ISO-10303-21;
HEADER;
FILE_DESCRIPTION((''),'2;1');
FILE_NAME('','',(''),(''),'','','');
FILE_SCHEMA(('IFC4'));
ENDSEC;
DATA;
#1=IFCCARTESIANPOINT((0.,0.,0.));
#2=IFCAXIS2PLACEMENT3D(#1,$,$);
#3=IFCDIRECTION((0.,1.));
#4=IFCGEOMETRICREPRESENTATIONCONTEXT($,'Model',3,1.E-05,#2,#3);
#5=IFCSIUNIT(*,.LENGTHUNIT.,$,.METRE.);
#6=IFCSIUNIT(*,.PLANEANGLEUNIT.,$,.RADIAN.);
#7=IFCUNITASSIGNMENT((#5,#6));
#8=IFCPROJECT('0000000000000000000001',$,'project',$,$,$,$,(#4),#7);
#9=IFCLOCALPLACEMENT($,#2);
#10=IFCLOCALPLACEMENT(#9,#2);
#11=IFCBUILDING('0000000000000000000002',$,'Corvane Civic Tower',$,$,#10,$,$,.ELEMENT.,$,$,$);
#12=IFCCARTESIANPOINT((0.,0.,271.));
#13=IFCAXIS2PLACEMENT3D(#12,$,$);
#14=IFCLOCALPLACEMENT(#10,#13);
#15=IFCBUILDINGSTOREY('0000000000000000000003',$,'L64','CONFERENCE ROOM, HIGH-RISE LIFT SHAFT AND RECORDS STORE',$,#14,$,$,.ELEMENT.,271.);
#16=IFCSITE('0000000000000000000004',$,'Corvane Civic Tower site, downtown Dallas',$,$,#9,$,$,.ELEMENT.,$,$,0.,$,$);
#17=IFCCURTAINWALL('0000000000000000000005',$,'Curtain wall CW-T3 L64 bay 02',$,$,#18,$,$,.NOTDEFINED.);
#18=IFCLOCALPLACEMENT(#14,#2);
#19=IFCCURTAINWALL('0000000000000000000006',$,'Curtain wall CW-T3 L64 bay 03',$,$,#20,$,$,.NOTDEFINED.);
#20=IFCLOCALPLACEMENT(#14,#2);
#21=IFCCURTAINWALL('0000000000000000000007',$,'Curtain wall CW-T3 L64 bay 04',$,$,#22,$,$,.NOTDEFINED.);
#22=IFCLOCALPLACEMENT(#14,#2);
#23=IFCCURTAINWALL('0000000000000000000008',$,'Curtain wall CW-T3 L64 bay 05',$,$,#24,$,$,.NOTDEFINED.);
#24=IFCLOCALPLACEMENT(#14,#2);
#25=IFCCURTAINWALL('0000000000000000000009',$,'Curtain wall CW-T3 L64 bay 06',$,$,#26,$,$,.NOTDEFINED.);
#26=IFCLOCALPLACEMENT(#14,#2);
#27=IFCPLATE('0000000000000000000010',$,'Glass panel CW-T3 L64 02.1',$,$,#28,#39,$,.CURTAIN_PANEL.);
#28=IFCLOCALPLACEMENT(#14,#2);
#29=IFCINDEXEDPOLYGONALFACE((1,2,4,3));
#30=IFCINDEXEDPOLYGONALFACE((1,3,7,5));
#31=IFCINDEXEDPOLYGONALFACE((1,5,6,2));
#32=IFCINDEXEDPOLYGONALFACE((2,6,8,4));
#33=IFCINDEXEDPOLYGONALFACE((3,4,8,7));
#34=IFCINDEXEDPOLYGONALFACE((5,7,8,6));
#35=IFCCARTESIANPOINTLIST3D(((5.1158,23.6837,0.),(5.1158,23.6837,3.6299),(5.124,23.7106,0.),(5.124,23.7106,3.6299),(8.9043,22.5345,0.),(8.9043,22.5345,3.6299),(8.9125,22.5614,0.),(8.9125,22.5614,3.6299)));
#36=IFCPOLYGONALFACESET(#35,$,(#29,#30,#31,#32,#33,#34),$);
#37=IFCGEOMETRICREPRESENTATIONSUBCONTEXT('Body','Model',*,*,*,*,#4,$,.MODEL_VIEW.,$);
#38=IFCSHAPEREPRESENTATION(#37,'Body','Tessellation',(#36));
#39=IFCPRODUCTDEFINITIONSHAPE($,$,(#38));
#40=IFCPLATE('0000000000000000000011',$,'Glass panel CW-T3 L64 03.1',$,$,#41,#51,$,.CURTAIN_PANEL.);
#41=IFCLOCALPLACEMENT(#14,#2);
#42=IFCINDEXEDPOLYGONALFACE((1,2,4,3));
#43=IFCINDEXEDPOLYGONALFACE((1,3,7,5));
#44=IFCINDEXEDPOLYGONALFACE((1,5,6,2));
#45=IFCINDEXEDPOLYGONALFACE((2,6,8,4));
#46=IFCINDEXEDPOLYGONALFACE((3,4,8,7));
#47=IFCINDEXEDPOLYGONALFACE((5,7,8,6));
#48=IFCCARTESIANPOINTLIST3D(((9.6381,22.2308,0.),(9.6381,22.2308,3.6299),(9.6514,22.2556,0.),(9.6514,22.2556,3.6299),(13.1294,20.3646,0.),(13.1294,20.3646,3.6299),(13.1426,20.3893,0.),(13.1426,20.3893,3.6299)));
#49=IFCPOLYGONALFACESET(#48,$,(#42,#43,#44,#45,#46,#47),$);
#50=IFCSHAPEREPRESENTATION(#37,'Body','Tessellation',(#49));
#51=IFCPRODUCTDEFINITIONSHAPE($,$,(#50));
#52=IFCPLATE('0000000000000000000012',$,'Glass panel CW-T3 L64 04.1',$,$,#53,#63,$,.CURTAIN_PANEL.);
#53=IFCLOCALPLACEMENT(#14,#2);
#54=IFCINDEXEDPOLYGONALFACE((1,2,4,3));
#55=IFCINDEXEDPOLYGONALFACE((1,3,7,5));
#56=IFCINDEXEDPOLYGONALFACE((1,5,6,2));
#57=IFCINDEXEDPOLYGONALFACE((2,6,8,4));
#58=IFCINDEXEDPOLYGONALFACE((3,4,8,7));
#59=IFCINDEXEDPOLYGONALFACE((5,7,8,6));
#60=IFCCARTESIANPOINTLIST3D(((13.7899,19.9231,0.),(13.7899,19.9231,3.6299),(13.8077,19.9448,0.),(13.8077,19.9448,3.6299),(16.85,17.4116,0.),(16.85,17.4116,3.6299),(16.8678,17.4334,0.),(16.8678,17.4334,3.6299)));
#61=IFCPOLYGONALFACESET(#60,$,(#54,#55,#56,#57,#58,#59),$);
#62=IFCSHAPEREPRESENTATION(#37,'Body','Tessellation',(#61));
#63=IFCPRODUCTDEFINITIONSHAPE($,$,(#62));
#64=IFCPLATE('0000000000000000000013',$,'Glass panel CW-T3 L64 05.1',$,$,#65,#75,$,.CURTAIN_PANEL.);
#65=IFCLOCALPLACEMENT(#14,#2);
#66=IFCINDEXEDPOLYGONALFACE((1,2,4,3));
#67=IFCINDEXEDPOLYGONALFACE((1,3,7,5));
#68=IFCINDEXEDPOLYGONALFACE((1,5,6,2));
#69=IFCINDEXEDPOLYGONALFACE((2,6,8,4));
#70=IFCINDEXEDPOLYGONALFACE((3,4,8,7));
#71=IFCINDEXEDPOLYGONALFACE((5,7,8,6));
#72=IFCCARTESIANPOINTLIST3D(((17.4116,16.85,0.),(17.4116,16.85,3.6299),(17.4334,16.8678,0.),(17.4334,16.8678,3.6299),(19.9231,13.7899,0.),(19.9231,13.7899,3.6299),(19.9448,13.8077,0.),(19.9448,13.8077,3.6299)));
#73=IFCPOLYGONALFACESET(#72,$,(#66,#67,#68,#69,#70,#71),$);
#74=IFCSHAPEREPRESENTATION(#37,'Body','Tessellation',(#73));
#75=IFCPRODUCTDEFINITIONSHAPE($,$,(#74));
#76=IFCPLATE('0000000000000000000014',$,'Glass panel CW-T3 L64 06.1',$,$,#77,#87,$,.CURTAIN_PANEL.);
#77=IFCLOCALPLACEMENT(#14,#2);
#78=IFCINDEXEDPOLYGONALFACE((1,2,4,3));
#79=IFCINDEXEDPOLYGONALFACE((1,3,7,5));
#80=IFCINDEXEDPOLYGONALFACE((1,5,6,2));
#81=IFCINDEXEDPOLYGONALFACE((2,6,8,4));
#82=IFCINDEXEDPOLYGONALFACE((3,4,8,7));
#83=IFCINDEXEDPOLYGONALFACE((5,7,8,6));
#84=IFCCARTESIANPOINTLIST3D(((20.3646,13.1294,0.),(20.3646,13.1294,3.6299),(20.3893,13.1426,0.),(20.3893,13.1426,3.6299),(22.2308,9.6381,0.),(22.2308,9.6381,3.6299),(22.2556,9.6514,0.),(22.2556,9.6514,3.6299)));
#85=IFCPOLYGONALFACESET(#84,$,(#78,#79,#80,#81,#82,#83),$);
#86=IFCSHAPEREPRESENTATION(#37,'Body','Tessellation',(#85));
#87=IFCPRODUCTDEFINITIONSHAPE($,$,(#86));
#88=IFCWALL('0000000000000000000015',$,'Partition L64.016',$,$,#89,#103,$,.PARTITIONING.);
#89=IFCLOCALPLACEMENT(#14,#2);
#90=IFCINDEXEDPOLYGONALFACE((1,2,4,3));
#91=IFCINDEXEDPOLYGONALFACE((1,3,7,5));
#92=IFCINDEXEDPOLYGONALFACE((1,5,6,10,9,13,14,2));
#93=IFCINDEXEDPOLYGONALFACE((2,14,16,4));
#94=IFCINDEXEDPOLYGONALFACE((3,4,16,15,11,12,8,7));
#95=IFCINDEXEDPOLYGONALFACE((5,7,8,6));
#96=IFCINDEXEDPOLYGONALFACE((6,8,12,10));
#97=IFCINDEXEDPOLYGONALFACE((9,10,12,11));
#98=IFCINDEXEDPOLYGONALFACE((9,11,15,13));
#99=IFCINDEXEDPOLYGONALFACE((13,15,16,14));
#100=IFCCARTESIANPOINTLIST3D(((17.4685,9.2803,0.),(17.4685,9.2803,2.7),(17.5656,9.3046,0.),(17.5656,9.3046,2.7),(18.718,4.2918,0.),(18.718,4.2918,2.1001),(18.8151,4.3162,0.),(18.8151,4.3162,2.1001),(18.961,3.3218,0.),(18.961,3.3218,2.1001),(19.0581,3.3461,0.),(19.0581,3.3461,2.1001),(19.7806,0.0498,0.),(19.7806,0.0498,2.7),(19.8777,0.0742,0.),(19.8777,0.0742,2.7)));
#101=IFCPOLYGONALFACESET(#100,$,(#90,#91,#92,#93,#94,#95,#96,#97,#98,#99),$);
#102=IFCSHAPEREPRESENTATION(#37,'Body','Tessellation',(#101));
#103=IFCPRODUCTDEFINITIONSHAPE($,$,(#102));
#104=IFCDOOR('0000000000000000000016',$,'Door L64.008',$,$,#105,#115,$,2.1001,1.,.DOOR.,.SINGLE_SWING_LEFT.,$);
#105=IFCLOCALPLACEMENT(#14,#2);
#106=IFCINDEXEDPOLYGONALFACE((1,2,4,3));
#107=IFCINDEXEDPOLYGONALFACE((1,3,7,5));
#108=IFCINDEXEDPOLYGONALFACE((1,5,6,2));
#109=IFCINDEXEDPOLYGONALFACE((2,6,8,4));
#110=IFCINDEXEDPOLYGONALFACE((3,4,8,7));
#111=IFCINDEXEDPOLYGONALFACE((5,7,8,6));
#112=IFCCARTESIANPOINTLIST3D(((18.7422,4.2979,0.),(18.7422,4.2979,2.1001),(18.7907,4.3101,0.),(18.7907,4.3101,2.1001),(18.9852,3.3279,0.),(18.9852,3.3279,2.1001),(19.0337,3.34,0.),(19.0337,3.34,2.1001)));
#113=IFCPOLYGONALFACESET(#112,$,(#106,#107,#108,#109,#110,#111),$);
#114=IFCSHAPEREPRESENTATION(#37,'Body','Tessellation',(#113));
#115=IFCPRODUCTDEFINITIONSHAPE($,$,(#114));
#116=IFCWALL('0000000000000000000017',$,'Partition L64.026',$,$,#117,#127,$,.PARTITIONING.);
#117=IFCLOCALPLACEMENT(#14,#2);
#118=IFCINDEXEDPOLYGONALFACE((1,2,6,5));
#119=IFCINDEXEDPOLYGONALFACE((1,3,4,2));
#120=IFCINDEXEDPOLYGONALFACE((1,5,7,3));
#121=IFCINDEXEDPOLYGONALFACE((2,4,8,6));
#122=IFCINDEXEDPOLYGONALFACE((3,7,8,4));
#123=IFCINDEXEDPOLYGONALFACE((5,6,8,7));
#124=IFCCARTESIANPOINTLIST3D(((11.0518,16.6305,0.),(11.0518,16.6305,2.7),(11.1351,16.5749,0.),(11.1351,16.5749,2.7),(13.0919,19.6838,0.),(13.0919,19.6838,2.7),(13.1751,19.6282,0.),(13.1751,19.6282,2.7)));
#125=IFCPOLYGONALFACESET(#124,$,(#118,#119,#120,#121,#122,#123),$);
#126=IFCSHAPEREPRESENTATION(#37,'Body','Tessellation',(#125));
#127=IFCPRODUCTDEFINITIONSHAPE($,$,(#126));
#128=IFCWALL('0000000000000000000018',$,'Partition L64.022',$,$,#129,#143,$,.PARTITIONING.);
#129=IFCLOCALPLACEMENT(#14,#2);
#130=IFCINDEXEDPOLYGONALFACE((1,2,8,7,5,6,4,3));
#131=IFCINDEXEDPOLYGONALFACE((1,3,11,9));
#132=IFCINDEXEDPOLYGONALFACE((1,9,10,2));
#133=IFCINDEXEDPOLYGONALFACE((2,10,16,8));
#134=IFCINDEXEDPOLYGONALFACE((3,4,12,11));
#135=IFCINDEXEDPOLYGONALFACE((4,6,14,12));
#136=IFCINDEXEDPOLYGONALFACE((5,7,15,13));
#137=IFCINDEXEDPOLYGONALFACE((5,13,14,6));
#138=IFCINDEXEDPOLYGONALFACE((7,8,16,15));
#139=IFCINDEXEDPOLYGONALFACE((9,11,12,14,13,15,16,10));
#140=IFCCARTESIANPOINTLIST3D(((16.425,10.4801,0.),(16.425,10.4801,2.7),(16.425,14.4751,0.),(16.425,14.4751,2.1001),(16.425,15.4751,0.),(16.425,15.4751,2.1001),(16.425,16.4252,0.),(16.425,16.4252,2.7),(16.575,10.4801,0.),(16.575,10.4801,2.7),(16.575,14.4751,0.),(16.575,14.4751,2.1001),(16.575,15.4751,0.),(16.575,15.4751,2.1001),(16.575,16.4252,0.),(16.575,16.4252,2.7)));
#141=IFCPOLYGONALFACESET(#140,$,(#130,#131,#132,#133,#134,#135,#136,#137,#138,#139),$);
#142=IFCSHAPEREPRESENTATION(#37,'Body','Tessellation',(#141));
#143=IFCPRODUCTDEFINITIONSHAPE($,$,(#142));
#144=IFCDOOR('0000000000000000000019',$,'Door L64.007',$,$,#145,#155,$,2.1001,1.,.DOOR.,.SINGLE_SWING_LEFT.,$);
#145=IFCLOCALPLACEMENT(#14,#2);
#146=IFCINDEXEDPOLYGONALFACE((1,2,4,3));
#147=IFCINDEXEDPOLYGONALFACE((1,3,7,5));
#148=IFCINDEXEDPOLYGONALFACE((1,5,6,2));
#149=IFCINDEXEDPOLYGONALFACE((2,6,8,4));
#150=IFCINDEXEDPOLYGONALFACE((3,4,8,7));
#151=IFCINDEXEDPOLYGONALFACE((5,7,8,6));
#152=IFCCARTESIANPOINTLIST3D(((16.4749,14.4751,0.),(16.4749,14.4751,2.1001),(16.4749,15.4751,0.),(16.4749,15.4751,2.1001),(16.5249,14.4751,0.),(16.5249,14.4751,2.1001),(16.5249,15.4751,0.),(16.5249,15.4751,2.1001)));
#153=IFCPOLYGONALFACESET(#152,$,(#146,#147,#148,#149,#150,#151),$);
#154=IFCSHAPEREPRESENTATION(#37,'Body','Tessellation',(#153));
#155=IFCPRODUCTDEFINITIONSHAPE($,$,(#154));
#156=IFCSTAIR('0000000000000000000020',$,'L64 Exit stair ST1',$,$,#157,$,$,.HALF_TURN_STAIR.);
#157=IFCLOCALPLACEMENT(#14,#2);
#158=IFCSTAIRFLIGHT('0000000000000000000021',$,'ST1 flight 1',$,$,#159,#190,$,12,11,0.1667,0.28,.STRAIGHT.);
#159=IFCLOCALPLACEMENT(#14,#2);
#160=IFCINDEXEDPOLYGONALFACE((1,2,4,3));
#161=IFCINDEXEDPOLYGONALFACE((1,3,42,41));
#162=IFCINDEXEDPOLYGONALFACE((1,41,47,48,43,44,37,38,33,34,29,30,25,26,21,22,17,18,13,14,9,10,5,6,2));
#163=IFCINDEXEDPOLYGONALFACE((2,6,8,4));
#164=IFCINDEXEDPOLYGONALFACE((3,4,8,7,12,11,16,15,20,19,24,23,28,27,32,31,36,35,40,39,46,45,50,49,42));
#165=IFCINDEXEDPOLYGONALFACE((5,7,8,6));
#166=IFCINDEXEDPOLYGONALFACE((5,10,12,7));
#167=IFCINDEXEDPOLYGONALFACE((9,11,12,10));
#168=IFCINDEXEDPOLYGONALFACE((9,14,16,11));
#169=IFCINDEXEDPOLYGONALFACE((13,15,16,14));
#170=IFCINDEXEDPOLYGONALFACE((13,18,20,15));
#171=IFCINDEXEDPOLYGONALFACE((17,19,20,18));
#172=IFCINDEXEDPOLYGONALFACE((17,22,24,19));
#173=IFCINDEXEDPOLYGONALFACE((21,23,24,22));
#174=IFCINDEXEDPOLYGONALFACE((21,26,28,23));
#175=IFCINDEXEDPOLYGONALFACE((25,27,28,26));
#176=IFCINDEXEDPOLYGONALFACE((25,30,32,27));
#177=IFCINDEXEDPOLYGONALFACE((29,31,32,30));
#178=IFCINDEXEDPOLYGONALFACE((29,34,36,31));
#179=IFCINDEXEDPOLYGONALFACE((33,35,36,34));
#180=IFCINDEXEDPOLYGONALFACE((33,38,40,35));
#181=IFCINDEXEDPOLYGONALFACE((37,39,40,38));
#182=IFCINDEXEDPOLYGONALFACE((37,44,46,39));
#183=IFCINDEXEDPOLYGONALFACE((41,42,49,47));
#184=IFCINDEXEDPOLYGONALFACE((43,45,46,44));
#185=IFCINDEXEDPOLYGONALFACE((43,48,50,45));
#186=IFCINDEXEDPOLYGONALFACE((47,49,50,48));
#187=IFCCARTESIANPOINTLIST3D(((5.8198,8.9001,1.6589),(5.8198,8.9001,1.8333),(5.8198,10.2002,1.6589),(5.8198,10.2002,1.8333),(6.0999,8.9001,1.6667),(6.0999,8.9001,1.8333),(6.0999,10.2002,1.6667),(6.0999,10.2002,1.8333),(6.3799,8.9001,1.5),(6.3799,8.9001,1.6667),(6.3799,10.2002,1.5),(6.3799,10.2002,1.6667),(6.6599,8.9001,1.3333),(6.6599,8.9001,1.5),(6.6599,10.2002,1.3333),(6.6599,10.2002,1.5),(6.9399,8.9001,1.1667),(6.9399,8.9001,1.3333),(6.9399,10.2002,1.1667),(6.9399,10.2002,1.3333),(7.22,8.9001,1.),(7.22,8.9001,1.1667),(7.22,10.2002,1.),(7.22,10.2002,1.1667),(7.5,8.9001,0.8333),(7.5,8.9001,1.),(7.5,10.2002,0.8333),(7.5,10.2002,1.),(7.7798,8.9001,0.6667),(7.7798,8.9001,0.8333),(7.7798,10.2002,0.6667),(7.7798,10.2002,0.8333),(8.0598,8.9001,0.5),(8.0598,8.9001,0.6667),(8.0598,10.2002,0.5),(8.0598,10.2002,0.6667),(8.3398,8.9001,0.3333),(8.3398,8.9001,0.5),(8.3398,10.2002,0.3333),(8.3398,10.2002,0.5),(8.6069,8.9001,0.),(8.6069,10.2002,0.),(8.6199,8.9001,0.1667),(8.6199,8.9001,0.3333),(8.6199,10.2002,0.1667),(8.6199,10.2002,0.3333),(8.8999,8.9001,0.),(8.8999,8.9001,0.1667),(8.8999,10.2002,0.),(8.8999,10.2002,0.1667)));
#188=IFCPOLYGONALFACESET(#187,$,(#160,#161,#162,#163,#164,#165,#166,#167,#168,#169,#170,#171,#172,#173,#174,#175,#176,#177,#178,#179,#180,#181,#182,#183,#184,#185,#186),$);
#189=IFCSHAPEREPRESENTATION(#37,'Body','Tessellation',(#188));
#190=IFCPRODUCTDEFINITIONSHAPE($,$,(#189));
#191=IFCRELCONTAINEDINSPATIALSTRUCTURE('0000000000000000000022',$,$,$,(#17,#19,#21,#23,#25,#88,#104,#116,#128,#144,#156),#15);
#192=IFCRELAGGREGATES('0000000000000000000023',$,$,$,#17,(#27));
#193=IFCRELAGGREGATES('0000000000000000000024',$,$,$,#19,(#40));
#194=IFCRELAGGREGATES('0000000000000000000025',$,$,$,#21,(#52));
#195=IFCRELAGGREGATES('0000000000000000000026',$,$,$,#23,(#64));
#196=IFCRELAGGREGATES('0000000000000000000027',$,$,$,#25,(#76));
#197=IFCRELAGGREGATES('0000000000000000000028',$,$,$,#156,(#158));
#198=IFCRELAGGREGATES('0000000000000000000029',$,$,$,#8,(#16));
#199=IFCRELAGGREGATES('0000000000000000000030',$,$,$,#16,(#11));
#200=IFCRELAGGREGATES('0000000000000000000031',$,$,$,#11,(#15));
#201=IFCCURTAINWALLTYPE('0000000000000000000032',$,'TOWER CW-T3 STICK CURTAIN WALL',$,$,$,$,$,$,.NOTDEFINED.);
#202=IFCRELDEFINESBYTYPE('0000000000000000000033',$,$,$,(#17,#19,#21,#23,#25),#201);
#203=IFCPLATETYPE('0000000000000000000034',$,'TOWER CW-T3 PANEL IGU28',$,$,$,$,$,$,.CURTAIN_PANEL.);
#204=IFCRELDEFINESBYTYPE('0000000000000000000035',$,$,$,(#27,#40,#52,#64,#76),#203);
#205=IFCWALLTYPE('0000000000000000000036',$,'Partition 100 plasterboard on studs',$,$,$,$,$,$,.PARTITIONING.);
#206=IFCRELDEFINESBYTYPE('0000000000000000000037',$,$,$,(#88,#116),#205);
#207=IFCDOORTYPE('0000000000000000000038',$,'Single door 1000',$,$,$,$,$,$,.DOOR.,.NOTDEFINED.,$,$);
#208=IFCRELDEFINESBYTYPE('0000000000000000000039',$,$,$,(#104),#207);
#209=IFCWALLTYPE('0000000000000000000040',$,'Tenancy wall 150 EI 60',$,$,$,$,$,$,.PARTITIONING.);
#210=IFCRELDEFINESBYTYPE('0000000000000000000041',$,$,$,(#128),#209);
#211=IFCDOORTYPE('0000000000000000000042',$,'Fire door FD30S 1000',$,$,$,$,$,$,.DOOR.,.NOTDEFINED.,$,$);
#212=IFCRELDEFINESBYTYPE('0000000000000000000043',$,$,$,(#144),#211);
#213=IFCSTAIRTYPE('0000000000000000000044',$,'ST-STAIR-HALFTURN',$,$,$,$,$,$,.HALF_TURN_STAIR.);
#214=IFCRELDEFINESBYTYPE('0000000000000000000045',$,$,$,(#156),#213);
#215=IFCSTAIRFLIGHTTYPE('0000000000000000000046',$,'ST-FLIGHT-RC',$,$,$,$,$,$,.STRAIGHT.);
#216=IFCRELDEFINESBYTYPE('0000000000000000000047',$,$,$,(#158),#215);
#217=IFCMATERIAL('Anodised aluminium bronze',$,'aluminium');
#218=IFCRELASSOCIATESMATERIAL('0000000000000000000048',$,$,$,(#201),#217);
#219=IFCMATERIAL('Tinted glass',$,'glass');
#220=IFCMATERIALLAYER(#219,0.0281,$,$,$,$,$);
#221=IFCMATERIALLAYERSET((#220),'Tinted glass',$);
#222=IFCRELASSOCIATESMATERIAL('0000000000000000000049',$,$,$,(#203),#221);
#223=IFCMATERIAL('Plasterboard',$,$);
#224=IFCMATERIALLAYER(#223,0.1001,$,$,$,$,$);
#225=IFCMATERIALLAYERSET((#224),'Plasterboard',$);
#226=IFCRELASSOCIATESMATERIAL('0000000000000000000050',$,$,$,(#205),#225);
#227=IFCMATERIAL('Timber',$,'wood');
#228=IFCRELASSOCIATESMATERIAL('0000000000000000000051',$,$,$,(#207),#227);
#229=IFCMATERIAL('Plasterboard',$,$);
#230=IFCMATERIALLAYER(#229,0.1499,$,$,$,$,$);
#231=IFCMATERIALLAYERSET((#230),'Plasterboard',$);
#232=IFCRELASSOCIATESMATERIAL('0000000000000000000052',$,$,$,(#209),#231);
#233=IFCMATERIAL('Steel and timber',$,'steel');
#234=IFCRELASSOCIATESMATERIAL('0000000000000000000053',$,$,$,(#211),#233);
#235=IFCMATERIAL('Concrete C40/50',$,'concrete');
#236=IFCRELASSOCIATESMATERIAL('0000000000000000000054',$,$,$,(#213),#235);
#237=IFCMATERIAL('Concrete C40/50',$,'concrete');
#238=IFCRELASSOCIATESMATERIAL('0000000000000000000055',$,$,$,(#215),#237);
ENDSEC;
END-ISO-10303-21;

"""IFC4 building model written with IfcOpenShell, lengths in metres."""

from ifc_helpers import new_model, si_unit, direction, frame, frame_2d, origin, origin_2d, place, context, subcontext, project, spatial, polyline, rectangle, outline, extrude, material, layer, layer_set, type_object, element, fill, aggregate, save


model = new_model("IFC4")

# Units and contexts
model_context = context("Model", 3, precision=1e-05, world=origin(), true_north=direction((0.0, 1.0)))
body_context = subcontext(model_context, "Body", "Model", "MODEL_VIEW")
ifc_project = project(units=[si_unit("LENGTHUNIT", "METRE"), si_unit("PLANEANGLEUNIT", "RADIAN")], contexts=[model_context])

# Site, building, storey
site_placement = place(None, origin())
site = spatial("IfcSite", under=ifc_project, at=site_placement, Name="Corvane Civic Tower site, downtown Dallas", CompositionType="ELEMENT", RefElevation=0.0)
building_placement = place(site_placement, origin())
building = spatial("IfcBuilding", under=site, at=building_placement, Name="Corvane Civic Tower", CompositionType="ELEMENT")
storey_placement = place(building_placement, frame((0.0, 0.0, 271.0)))
storey = spatial("IfcBuildingStorey", under=building, at=storey_placement, Name="L64", Description="CONFERENCE ROOM, HIGH-RISE LIFT SHAFT AND RECORDS STORE", CompositionType="ELEMENT", Elevation=271.0)

# Curtain walls
ifc_material_1 = material(Name="Anodised aluminium bronze", Category="aluminium")
curtain_wall_type = type_object("IfcCurtainWallType", Name="TOWER CW-T3 STICK CURTAIN WALL", PredefinedType="NOTDEFINED", material=ifc_material_1)
curtain_wall_1_placement = place(storey_placement, origin())
curtain_wall_1 = element("IfcCurtainWall", 1, at=curtain_wall_1_placement, inside=storey, type_object=curtain_wall_type, Name="Curtain wall CW-T3 L64 bay 02", PredefinedType="NOTDEFINED")
curtain_wall_2_placement = place(storey_placement, origin())
curtain_wall_2 = element("IfcCurtainWall", 2, at=curtain_wall_2_placement, inside=storey, type_object=curtain_wall_type, Name="Curtain wall CW-T3 L64 bay 03", PredefinedType="NOTDEFINED")
curtain_wall_3_placement = place(storey_placement, origin())
curtain_wall_3 = element("IfcCurtainWall", 3, at=curtain_wall_3_placement, inside=storey, type_object=curtain_wall_type, Name="Curtain wall CW-T3 L64 bay 04", PredefinedType="NOTDEFINED")
curtain_wall_4_placement = place(storey_placement, origin())
curtain_wall_4 = element("IfcCurtainWall", 4, at=curtain_wall_4_placement, inside=storey, type_object=curtain_wall_type, Name="Curtain wall CW-T3 L64 bay 05", PredefinedType="NOTDEFINED")
curtain_wall_5_placement = place(storey_placement, origin())
curtain_wall_5 = element("IfcCurtainWall", 5, at=curtain_wall_5_placement, inside=storey, type_object=curtain_wall_type, Name="Curtain wall CW-T3 L64 bay 06", PredefinedType="NOTDEFINED")

# Plates
ifc_material_2 = material(Name="Tinted glass", Category="glass")
ifc_layer_1 = layer(ifc_material_2, 0.0281)
ifc_layer_set_1 = layer_set([ifc_layer_1], Name="Tinted glass")
plate_type = type_object("IfcPlateType", Name="TOWER CW-T3 PANEL IGU28", PredefinedType="CURTAIN_PANEL", material=ifc_layer_set_1)
plate_1_placement = place(storey_placement, frame((7.0142, 23.1226, 0.0), z_axis=(0.0, 0.0, 1.0), x_axis=(0.956944, -0.290274, 0.0)))
plate_1 = element("IfcPlate", 6, at=plate_1_placement, type_object=plate_type, Name="Glass panel CW-T3 L64 02.1", PredefinedType="CURTAIN_PANEL", context=body_context, shape_type="SweptSolid", body=[
    extrude(rectangle(XDim=3.959, YDim=0.0281, at=origin_2d()), origin(), (0.0, 0.0, 1.0), 3.6299),
])
aggregate(curtain_wall_1, [plate_1])
plate_2_placement = place(storey_placement, frame((11.3904, 21.3101, 0.0), z_axis=(0.0, 0.0, 1.0), x_axis=(0.881908, -0.471421, 0.0)))
plate_2 = element("IfcPlate", 7, at=plate_2_placement, type_object=plate_type, Name="Glass panel CW-T3 L64 03.1", PredefinedType="CURTAIN_PANEL", context=body_context, shape_type="SweptSolid", body=[
    extrude(rectangle(XDim=3.9587, YDim=0.0281, at=origin_2d()), origin(), (0.0, 0.0, 1.0), 3.6299),
])
aggregate(curtain_wall_2, [plate_2])
plate_3_placement = place(storey_placement, frame((15.3289, 18.6782, 0.0), z_axis=(0.0, 0.0, 1.0), x_axis=(0.773001, -0.634405, 0.0)))
plate_3 = element("IfcPlate", 8, at=plate_3_placement, type_object=plate_type, Name="Glass panel CW-T3 L64 04.1", PredefinedType="CURTAIN_PANEL", context=body_context, shape_type="SweptSolid", body=[
    extrude(rectangle(XDim=3.9587, YDim=0.0281, at=origin_2d()), origin(), (0.0, 0.0, 1.0), 3.6299),
])
aggregate(curtain_wall_3, [plate_3])
plate_4_placement = place(storey_placement, frame((18.6782, 15.3289, 0.0), z_axis=(0.0, 0.0, 1.0), x_axis=(0.634405, -0.773001, 0.0)))
plate_4 = element("IfcPlate", 9, at=plate_4_placement, type_object=plate_type, Name="Glass panel CW-T3 L64 05.1", PredefinedType="CURTAIN_PANEL", context=body_context, shape_type="SweptSolid", body=[
    extrude(rectangle(XDim=3.9587, YDim=0.0281, at=origin_2d()), origin(), (0.0, 0.0, 1.0), 3.6299),
])
aggregate(curtain_wall_4, [plate_4])
plate_5_placement = place(storey_placement, frame((21.3101, 11.3904, 0.0), z_axis=(0.0, 0.0, 1.0), x_axis=(0.471421, -0.881908, 0.0)))
plate_5 = element("IfcPlate", 10, at=plate_5_placement, type_object=plate_type, Name="Glass panel CW-T3 L64 06.1", PredefinedType="CURTAIN_PANEL", context=body_context, shape_type="SweptSolid", body=[
    extrude(rectangle(XDim=3.9587, YDim=0.0281, at=origin_2d()), origin(), (0.0, 0.0, 1.0), 3.6299),
])
aggregate(curtain_wall_5, [plate_5])

# Wall, opening, door
ifc_material_3 = material(Name="Plasterboard")
ifc_layer_2 = layer(ifc_material_3, 0.1001)
ifc_layer_set_2 = layer_set([ifc_layer_2], Name="Plasterboard")
wall_type_1 = type_object("IfcWallType", Name="Partition 100 plasterboard on studs", PredefinedType="PARTITIONING", material=ifc_layer_set_2)
wall_1_placement = place(storey_placement, frame((17.5171, 9.2925, 0.0), z_axis=(0.0, 0.0, 1.0), x_axis=(0.24297, -0.970034, 0.0)))
wall_1 = element("IfcWall", 11, at=wall_1_placement, inside=storey, type_object=wall_type_1, Name="Partition L64.016", PredefinedType="PARTITIONING", context=body_context, shape_type="SweptSolid", body=[
    extrude(rectangle(XDim=9.5156, YDim=0.1001, at=frame_2d((4.7578, 0.0))), origin(), (0.0, 0.0, 1.0), 2.7),
])
opening_1_placement = place(wall_1_placement, frame((5.1426, 0.0, 0.0)))
opening_1 = element("IfcOpeningElement", 12, at=opening_1_placement, cuts=wall_1, PredefinedType="OPENING", context=body_context, shape_type="SweptSolid", body=[
    extrude(rectangle(XDim=1.0, YDim=2.1001, at=frame_2d((0.5, 1.05))), frame((0.0, 0.0601, 0.0), z_axis=(0.0, -1.0, 0.0), x_axis=(1.0, 0.0, 0.0)), (0.0, 0.0, 1.0), 0.1201),
])
ifc_material_4 = material(Name="Timber", Category="wood")
door_type_1 = type_object("IfcDoorType", Name="Single door 1000", OperationType="NOTDEFINED", PredefinedType="DOOR", material=ifc_material_4)
door_1_placement = place(opening_1_placement, origin())
door_1 = element("IfcDoor", 13, at=door_1_placement, inside=storey, type_object=door_type_1, Name="Door L64.008", OperationType="SINGLE_SWING_LEFT", OverallHeight=2.1001, OverallWidth=1.0, PredefinedType="DOOR", context=body_context, shape_type="SweptSolid", body=[
    extrude(rectangle(XDim=1.0, YDim=2.1001, at=frame_2d((0.5, 1.05))), frame((0.0, 0.0249, 0.0), z_axis=(0.0, -1.0, 0.0), x_axis=(1.0, 0.0, 0.0)), (0.0, 0.0, 1.0), 0.05),
])
fill(opening_1, door_1)

# Wall
wall_2_placement = place(storey_placement, frame((11.0935, 16.6028, 0.0), z_axis=(0.0, 0.0, 1.0), x_axis=(0.555559, 0.831477, 0.0)))
element("IfcWall", 14, at=wall_2_placement, inside=storey, type_object=wall_type_1, Name="Partition L64.026", PredefinedType="PARTITIONING", context=body_context, shape_type="SweptSolid", body=[
    extrude(rectangle(XDim=3.6721, YDim=0.1001, at=frame_2d((1.8359, 0.0))), origin(), (0.0, 0.0, 1.0), 2.7),
])

# Wall, opening, door
ifc_material_5 = material(Name="Plasterboard")
ifc_layer_3 = layer(ifc_material_5, 0.1499)
ifc_layer_set_3 = layer_set([ifc_layer_3], Name="Plasterboard")
wall_type_2 = type_object("IfcWallType", Name="Tenancy wall 150 EI 60", PredefinedType="PARTITIONING", material=ifc_layer_set_3)
wall_3_placement = place(storey_placement, frame((16.5, 10.48, 0.0), z_axis=(0.0, 0.0, 1.0), x_axis=(0.0, 1.0, 0.0)))
wall_3 = element("IfcWall", 15, at=wall_3_placement, inside=storey, type_object=wall_type_2, Name="Partition L64.022", PredefinedType="PARTITIONING", context=body_context, shape_type="SweptSolid", body=[
    extrude(rectangle(XDim=5.9451, YDim=0.1499, at=frame_2d((2.9727, 0.0))), origin(), (0.0, 0.0, 1.0), 2.7),
])
opening_2_placement = place(wall_3_placement, frame((3.9951, 0.0, 0.0)))
opening_2 = element("IfcOpeningElement", 16, at=opening_2_placement, cuts=wall_3, PredefinedType="OPENING", context=body_context, shape_type="SweptSolid", body=[
    extrude(rectangle(XDim=1.0, YDim=2.1001, at=frame_2d((0.5, 1.05))), frame((0.0, 0.085, 0.0), z_axis=(0.0, -1.0, 0.0), x_axis=(1.0, 0.0, 0.0)), (0.0, 0.0, 1.0), 0.1699),
])
ifc_material_6 = material(Name="Steel and timber", Category="steel")
door_type_2 = type_object("IfcDoorType", Name="Fire door FD30S 1000", OperationType="NOTDEFINED", PredefinedType="DOOR", material=ifc_material_6)
door_2_placement = place(opening_2_placement, frame((1.0, 0.0, 0.0), z_axis=(0.0, 0.0, 1.0), x_axis=(-1.0, 0.0, 0.0)))
door_2 = element("IfcDoor", 17, at=door_2_placement, inside=storey, type_object=door_type_2, Name="Door L64.007", OperationType="SINGLE_SWING_LEFT", OverallHeight=2.1001, OverallWidth=1.0, PredefinedType="DOOR", context=body_context, shape_type="SweptSolid", body=[
    extrude(rectangle(XDim=1.0, YDim=2.1001, at=frame_2d((0.5, 1.05))), frame((0.0, 0.0249, 0.0), z_axis=(0.0, -1.0, 0.0), x_axis=(1.0, 0.0, 0.0)), (0.0, 0.0, 1.0), 0.05),
])
fill(opening_2, door_2)

# Stair, stair flight
ifc_material_7 = material(Name="Concrete C40/50", Category="concrete")
stair_type = type_object("IfcStairType", Name="ST-STAIR-HALFTURN", PredefinedType="HALF_TURN_STAIR", material=ifc_material_7)
stair_placement = place(storey_placement, origin())
stair = element("IfcStair", 18, at=stair_placement, inside=storey, type_object=stair_type, Name="L64 Exit stair ST1", PredefinedType="HALF_TURN_STAIR")
ifc_material_8 = material(Name="Concrete C40/50", Category="concrete")
stair_flight_type = type_object("IfcStairFlightType", Name="ST-FLIGHT-RC", PredefinedType="STRAIGHT", material=ifc_material_8)
stair_flight_placement = place(storey_placement, frame((8.8999, 9.55, 0.0), z_axis=(0.0, 0.0, 1.0), x_axis=(-1.0, 0.0, 0.0)))
stair_flight = element("IfcStairFlight", 19, at=stair_flight_placement, type_object=stair_flight_type, Name="ST1 flight 1", NumberOfRisers=12, NumberOfTreads=11, PredefinedType="STRAIGHT", RiserHeight=0.1667, TreadLength=0.28, context=body_context, shape_type="SweptSolid", body=[
    extrude(outline(polyline([(0.0, 0.0), (0.0, 0.1667), (0.28, 0.1667), (0.28, 0.3333), (0.5601, 0.3333), (0.5601, 0.5), (0.8401, 0.5), (0.8401, 0.6667), (1.1201, 0.6667), (1.1201, 0.8333), (1.3999, 0.8333), (1.3999, 1.0), (1.6799, 1.0), (1.6799, 1.1667), (1.96, 1.1667), (1.96, 1.3333), (2.24, 1.3333), (2.24, 1.5), (2.52, 1.5), (2.52, 1.6667), (2.8, 1.6667), (2.8, 1.8333), (3.0801, 1.8333), (3.0801, 2.0), (3.0801, 1.6589), (0.293, 0.0), (0.0, 0.0)])), frame((0.0, 0.6499, 0.0), z_axis=(0.0, -1.0, 0.0), x_axis=(1.0, 0.0, 0.0)), (0.0, 0.0, 1.0), 1.3),
])
aggregate(stair, [stair_flight])

save(model, "model.ifc")
